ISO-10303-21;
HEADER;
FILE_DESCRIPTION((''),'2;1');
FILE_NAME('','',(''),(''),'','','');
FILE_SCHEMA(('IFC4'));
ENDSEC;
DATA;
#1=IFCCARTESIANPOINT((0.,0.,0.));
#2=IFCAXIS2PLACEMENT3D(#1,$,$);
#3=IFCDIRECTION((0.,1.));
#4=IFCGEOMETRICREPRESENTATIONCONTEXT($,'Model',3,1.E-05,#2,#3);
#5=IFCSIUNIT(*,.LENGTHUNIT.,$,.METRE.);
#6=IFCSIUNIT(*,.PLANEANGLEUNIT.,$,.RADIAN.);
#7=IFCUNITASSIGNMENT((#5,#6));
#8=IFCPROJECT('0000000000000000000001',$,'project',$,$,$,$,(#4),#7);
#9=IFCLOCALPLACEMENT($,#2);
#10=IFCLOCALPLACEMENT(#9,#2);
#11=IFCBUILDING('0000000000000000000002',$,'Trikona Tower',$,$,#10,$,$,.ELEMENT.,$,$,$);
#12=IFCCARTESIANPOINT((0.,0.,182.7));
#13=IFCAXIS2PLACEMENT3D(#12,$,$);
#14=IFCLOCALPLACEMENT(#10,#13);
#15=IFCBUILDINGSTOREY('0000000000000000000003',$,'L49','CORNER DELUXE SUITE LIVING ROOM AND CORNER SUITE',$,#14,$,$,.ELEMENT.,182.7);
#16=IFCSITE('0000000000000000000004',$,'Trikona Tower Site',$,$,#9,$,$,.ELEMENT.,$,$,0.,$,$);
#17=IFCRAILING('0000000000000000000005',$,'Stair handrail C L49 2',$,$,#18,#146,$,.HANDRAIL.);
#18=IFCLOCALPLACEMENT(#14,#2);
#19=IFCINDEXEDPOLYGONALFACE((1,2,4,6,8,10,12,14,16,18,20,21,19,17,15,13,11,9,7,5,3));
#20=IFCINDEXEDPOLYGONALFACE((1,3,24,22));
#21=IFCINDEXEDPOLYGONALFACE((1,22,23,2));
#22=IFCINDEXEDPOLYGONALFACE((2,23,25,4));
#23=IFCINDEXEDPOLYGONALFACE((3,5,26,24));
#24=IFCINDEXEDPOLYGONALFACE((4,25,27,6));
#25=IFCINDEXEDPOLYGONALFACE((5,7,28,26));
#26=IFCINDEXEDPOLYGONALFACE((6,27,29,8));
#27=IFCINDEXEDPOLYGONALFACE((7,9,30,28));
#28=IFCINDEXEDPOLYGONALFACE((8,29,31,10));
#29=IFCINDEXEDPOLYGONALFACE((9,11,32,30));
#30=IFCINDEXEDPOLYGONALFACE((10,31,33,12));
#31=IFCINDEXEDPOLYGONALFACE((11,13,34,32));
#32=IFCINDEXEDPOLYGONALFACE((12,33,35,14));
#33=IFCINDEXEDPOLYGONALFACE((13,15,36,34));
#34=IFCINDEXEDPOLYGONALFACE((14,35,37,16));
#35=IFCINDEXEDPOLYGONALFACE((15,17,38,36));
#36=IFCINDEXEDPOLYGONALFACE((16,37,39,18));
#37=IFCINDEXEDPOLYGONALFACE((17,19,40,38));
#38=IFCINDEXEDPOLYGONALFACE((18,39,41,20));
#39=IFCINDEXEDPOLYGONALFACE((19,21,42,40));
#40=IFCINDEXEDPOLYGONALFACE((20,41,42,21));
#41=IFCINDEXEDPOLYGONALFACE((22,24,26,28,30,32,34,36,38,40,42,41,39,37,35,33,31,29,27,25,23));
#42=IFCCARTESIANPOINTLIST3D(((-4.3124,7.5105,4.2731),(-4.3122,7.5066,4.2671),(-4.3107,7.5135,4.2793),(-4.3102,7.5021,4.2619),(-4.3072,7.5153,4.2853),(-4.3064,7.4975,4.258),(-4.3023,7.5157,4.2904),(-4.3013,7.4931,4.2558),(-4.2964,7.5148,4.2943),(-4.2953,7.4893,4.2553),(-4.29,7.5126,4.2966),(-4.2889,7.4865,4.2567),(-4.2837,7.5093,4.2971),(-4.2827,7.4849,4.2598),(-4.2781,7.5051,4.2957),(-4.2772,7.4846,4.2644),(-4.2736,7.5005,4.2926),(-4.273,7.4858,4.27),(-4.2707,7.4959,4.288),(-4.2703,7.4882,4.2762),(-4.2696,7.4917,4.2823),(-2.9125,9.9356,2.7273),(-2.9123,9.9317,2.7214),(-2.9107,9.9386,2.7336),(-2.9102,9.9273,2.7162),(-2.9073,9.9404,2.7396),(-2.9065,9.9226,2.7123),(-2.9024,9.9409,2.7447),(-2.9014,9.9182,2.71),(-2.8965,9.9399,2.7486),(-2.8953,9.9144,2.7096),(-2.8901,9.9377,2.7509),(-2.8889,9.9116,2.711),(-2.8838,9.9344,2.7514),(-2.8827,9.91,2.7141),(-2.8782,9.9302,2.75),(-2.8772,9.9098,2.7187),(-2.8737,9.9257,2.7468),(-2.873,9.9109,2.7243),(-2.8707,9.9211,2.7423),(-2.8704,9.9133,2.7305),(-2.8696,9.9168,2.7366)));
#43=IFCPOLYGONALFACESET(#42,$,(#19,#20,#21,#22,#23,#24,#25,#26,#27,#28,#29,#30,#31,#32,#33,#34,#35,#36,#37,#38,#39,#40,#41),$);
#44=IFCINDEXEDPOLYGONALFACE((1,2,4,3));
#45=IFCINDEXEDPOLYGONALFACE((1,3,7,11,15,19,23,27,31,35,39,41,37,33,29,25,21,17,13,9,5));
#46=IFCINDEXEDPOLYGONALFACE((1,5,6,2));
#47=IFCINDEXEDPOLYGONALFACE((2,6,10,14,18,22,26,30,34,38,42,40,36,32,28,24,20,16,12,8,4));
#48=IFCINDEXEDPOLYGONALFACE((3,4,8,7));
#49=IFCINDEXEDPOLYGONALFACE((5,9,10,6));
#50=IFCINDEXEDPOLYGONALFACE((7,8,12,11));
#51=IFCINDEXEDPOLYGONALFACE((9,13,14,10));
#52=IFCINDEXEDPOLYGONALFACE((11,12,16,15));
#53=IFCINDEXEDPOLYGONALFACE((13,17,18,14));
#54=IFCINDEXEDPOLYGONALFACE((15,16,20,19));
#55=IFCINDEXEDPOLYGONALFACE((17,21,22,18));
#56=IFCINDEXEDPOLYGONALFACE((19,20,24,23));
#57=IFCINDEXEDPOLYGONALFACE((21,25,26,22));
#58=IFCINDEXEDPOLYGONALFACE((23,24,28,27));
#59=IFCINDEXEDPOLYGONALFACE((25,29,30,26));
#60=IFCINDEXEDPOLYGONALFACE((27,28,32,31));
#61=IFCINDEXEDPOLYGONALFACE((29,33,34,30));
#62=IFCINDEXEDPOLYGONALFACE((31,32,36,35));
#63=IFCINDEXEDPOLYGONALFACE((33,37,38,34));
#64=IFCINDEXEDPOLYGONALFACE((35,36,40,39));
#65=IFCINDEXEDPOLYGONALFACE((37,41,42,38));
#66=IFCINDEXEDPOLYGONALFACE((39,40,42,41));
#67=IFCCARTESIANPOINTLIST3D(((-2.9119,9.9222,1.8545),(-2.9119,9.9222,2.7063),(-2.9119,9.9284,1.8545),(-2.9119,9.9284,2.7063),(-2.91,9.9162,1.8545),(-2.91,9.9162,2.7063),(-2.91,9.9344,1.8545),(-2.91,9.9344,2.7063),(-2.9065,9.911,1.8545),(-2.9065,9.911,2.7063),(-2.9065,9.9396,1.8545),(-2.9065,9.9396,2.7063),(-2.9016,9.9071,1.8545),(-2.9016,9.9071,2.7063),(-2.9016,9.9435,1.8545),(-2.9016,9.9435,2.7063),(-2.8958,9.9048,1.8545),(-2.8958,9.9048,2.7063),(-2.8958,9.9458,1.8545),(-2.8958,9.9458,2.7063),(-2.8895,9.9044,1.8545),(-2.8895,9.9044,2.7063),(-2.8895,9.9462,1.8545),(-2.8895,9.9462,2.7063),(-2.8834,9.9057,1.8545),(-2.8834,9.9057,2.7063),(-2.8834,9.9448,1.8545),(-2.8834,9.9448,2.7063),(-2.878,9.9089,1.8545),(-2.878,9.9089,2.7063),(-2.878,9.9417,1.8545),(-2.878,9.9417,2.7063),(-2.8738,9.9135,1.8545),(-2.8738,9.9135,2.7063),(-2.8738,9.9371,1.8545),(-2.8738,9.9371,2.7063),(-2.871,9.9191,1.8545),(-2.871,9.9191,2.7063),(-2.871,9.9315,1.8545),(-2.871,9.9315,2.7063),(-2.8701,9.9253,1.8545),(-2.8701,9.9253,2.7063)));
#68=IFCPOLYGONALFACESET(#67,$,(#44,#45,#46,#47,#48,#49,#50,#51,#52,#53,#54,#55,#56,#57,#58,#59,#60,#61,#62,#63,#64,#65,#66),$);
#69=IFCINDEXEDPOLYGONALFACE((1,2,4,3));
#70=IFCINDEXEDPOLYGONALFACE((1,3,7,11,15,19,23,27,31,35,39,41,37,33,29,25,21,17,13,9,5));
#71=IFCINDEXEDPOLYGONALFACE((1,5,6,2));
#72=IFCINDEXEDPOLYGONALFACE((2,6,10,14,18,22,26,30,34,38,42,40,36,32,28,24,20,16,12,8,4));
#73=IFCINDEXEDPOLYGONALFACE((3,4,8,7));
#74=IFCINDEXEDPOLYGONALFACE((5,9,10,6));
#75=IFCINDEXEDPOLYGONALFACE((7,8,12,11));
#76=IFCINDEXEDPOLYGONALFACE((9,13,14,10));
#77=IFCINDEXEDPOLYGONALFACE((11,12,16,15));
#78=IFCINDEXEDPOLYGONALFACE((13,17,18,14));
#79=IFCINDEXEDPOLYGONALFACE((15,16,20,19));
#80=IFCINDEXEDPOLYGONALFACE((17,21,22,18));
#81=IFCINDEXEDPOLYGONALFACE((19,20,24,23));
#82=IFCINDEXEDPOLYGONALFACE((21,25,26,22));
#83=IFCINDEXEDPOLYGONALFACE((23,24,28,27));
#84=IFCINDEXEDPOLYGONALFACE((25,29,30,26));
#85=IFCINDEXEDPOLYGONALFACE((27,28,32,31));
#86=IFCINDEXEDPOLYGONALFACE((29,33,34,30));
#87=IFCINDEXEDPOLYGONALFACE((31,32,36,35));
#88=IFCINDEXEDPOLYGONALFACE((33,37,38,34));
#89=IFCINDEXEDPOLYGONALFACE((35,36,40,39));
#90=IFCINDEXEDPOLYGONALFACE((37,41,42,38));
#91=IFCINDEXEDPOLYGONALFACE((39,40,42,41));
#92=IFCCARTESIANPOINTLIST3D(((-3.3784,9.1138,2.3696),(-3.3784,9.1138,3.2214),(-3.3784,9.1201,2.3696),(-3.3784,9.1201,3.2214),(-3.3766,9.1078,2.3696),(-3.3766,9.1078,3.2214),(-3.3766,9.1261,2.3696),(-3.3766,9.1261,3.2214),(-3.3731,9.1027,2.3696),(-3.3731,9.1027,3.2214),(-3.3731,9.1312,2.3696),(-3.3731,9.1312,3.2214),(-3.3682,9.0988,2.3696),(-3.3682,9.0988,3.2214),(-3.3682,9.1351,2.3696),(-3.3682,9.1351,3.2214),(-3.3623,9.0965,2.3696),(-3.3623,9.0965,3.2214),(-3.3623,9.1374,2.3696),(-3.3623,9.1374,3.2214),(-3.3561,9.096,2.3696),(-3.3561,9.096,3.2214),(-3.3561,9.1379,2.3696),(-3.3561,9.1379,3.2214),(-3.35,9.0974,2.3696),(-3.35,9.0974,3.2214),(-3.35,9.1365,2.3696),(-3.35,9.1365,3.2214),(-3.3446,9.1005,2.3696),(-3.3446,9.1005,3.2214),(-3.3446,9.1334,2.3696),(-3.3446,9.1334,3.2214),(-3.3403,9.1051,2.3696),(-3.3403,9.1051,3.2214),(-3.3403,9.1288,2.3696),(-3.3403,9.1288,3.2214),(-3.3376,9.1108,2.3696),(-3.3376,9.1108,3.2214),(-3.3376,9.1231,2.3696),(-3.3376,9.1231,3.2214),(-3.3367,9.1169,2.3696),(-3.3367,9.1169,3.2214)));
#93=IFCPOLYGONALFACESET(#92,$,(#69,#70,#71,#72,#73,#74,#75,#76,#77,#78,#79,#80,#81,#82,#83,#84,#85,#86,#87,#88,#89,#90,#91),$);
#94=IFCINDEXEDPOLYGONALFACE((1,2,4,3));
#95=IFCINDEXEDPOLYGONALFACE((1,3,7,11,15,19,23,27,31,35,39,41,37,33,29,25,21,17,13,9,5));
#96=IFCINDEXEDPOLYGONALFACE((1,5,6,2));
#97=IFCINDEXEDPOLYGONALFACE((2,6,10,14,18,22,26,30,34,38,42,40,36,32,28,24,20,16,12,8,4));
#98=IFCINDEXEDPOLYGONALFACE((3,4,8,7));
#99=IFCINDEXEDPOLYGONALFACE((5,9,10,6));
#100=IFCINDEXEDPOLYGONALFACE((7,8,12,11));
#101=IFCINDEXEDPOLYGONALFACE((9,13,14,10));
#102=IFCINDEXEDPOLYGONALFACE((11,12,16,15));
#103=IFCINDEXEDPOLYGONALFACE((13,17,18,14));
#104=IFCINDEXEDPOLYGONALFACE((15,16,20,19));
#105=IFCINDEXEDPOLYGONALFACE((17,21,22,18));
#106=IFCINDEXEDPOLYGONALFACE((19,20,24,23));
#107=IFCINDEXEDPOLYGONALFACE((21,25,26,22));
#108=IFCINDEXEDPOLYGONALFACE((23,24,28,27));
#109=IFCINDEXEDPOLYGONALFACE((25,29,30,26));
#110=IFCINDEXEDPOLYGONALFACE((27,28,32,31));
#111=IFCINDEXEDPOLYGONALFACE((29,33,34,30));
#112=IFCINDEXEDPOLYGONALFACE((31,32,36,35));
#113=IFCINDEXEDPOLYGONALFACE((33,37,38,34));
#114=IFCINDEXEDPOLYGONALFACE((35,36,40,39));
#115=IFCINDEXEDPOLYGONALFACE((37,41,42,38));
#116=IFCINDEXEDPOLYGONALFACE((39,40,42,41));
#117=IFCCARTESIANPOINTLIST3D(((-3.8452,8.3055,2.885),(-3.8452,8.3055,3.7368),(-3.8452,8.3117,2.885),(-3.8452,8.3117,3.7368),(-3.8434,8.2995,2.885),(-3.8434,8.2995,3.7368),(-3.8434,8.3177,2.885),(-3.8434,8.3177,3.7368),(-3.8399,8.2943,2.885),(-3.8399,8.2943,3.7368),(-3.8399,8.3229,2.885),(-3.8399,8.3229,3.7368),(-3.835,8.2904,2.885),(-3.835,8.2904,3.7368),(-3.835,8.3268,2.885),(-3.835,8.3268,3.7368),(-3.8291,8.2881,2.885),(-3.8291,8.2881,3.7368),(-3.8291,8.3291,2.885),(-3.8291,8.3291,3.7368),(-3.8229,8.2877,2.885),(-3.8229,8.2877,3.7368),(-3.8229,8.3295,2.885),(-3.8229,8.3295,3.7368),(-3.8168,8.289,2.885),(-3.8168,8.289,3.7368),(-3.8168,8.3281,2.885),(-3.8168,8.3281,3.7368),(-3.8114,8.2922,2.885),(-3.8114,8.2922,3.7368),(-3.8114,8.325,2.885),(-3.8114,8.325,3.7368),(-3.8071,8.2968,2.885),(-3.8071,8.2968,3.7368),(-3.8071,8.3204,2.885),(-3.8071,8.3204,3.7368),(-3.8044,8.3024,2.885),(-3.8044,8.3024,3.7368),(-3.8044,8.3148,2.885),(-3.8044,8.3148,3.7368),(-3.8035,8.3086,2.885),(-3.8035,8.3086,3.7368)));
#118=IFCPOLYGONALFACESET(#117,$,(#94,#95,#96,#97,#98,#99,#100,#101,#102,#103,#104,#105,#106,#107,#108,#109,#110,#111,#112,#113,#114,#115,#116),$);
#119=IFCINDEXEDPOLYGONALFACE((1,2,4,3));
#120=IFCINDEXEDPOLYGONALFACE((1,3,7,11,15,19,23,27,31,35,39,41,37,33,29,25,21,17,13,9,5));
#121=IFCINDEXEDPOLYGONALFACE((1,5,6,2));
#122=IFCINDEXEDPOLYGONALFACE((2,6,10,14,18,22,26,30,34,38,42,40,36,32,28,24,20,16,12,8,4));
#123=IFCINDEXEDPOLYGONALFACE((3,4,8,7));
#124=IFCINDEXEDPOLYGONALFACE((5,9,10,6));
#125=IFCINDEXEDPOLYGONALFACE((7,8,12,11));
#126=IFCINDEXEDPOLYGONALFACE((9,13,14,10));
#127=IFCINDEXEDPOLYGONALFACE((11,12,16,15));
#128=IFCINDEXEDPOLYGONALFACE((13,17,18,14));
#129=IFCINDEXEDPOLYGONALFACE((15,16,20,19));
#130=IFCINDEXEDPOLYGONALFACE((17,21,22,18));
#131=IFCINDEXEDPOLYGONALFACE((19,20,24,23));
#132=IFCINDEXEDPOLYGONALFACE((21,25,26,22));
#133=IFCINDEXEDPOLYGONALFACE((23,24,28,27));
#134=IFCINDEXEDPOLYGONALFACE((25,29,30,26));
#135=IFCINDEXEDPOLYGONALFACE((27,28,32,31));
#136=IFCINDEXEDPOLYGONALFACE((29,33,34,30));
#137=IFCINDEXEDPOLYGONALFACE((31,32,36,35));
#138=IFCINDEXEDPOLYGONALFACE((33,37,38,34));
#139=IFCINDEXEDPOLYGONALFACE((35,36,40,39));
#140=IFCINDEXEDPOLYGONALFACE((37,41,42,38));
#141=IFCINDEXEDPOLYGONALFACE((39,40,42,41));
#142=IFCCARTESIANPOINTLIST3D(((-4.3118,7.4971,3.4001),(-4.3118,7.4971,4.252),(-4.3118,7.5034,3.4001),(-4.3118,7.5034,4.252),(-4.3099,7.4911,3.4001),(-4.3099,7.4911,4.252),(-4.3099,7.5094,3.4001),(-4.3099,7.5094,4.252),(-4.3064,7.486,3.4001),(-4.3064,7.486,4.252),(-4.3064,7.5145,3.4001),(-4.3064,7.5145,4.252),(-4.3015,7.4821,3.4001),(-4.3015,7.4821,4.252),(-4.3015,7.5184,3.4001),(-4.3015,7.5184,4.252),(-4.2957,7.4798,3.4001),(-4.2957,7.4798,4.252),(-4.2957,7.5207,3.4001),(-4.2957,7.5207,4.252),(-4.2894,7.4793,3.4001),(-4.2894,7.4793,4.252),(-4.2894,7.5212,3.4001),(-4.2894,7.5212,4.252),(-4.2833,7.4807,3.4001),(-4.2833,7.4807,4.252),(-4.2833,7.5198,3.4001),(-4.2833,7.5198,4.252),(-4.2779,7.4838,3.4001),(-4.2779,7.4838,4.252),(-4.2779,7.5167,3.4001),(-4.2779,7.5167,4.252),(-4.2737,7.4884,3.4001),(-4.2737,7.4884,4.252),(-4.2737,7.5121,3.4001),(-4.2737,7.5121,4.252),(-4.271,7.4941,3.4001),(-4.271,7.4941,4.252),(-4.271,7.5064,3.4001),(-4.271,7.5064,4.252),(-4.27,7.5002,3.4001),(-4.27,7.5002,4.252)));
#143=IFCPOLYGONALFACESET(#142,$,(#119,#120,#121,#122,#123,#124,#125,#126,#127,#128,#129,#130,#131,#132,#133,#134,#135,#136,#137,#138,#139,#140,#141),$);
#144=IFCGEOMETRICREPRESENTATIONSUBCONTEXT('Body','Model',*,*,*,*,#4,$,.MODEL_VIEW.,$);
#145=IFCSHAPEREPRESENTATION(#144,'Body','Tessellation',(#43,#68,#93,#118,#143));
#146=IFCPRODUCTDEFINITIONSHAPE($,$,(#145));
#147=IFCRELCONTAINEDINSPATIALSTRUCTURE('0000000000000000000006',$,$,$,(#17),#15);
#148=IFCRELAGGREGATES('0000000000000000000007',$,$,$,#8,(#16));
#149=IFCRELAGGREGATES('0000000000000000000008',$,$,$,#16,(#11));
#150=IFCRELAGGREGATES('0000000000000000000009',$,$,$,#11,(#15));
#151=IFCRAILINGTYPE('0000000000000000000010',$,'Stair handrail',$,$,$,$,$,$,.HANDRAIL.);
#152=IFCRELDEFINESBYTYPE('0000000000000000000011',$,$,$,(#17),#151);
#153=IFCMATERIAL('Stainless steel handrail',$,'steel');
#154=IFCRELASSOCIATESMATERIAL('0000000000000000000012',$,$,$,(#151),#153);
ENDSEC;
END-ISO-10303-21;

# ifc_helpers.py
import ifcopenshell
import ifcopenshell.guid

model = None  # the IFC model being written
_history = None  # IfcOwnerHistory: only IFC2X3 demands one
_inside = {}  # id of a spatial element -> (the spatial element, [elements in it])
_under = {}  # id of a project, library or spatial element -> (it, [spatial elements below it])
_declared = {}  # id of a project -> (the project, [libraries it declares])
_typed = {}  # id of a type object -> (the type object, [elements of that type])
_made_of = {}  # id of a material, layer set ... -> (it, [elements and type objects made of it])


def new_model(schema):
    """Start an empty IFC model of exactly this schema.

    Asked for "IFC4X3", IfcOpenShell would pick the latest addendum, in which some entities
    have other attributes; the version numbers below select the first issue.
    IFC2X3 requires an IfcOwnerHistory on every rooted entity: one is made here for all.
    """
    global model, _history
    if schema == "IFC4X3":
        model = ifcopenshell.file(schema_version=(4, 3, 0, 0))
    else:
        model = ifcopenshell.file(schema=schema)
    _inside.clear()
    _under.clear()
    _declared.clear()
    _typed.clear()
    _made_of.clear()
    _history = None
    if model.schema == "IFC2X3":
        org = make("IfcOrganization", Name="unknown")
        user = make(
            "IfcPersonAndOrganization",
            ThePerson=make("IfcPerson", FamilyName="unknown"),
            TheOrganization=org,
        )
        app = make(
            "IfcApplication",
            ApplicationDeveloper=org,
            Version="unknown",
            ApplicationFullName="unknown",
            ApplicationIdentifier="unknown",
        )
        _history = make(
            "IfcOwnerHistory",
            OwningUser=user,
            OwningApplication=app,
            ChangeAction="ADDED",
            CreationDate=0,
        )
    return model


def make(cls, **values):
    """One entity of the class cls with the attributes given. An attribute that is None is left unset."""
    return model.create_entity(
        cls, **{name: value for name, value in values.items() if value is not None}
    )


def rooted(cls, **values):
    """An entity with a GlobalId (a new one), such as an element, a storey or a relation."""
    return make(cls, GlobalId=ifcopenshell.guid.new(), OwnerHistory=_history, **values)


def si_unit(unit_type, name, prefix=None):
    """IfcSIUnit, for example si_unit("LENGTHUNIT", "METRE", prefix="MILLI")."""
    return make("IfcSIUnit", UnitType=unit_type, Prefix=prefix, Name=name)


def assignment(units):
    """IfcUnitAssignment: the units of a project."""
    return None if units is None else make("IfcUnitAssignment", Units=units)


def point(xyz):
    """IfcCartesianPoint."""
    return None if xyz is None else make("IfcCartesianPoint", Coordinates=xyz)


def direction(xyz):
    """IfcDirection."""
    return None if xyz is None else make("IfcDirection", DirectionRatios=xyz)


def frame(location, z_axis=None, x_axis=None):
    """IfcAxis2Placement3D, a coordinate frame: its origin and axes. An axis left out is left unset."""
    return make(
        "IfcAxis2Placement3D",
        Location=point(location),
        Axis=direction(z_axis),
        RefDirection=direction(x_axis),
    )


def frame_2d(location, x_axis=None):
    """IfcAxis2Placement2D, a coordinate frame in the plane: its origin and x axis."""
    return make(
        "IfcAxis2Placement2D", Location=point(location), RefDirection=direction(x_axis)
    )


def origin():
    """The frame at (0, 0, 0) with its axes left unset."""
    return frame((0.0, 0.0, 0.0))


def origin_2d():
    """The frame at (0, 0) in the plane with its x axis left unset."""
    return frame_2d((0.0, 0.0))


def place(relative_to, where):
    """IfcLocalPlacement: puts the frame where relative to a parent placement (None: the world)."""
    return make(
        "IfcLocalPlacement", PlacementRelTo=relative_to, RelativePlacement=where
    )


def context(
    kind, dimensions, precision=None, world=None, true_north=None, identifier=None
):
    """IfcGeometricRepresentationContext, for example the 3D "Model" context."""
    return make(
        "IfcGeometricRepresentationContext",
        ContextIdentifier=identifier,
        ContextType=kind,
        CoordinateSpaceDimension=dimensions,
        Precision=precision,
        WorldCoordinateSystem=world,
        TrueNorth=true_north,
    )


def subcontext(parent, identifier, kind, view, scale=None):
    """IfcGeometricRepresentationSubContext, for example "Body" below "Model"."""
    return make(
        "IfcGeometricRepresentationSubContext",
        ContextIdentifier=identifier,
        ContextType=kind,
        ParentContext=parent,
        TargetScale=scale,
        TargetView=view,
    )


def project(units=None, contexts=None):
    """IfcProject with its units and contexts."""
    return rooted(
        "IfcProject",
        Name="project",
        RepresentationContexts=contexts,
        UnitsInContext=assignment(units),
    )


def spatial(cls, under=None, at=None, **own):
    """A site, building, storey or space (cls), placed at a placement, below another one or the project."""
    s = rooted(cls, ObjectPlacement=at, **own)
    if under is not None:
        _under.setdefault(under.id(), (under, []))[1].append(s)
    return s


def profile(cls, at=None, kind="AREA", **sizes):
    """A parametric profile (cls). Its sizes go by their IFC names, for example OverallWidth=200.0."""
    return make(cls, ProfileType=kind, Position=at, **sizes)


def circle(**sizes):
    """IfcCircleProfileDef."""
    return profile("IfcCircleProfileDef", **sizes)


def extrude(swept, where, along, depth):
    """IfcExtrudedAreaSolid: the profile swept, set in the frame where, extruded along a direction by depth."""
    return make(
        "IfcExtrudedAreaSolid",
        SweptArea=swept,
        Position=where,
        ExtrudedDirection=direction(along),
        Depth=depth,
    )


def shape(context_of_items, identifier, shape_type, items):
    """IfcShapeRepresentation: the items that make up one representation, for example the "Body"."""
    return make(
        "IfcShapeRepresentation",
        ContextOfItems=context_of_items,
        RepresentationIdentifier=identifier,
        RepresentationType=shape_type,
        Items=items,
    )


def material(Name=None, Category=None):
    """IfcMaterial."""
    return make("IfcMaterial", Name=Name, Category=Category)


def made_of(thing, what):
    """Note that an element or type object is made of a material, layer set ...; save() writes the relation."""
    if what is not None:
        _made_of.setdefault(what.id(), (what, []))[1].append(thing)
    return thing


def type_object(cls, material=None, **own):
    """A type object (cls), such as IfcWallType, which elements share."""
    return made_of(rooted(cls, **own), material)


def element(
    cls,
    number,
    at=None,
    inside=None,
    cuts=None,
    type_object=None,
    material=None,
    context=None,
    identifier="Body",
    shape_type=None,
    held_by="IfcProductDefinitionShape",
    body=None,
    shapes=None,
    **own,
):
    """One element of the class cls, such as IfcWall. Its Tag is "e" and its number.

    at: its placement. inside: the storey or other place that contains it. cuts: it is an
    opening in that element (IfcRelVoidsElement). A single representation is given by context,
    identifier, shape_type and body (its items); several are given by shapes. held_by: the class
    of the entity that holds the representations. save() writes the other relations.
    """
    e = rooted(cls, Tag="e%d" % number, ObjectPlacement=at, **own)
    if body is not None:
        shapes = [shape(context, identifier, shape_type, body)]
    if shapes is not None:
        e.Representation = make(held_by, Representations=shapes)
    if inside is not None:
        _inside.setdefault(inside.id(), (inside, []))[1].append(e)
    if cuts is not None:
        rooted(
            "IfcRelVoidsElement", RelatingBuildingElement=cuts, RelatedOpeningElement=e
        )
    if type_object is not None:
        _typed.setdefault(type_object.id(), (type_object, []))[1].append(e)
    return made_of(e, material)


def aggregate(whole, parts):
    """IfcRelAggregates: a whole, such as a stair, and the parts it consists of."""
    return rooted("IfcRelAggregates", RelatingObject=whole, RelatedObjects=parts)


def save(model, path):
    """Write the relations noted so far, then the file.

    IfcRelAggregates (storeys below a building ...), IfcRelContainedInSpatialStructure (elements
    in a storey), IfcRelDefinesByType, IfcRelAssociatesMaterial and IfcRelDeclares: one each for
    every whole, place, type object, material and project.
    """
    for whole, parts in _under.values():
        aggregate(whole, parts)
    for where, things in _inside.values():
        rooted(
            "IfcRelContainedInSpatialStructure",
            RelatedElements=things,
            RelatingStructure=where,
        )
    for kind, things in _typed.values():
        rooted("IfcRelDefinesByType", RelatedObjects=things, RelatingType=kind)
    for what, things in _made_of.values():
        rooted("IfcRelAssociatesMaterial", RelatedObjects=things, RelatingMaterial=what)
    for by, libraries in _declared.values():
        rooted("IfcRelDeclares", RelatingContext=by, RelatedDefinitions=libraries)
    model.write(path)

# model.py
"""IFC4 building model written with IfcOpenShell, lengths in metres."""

from ifc_helpers import new_model, si_unit, direction, frame, origin, origin_2d, place, context, subcontext, project, spatial, circle, extrude, material, type_object, element, save


model = new_model("IFC4")

# Units and contexts
model_context = context("Model", 3, precision=1e-05, world=origin(), true_north=direction((0.0, 1.0)))
body_context = subcontext(model_context, "Body", "Model", "MODEL_VIEW")
ifc_project = project(units=[si_unit("LENGTHUNIT", "METRE"), si_unit("PLANEANGLEUNIT", "RADIAN")], contexts=[model_context])

# Site, building, storey
site_placement = place(None, origin())
site = spatial("IfcSite", under=ifc_project, at=site_placement, Name="Trikona Tower Site", CompositionType="ELEMENT", RefElevation=0.0)
building_placement = place(site_placement, origin())
building = spatial("IfcBuilding", under=site, at=building_placement, Name="Trikona Tower", CompositionType="ELEMENT")
storey_placement = place(building_placement, frame((0.0, 0.0, 182.7)))
storey = spatial("IfcBuildingStorey", under=building, at=storey_placement, Name="L49", Description="CORNER DELUXE SUITE LIVING ROOM AND CORNER SUITE", CompositionType="ELEMENT", Elevation=182.7)

# Railing
ifc_material_1 = material(Name="Stainless steel handrail", Category="steel")
railing_type = type_object("IfcRailingType", Name="Stair handrail", PredefinedType="HANDRAIL", material=ifc_material_1)
railing_1_placement = place(storey_placement, frame((-2.8911, 9.9253, 1.8545)))
element("IfcRailing", 1, at=railing_1_placement, inside=storey, type_object=railing_type, Name="Stair handrail C L49 2", PredefinedType="HANDRAIL", context=body_context, shape_type="SweptSolid", body=[
    extrude(circle(Radius=0.0239, at=origin_2d()), frame((0.0, 0.0, 0.876), z_axis=(-0.437691, -0.758212, 0.483262), x_axis=(0.866056, -0.499946, 0.0)), (0.0, 0.0, 1.0), 3.1985),
    extrude(circle(Radius=0.021, at=origin_2d()), origin(), (0.0, 0.0, 1.0), 0.8518),
    extrude(circle(Radius=0.021, at=origin_2d()), frame((-0.4666, -0.8083, 0.5151)), (0.0, 0.0, 1.0), 0.8518),
    extrude(circle(Radius=0.021, at=origin_2d()), frame((-0.9333, -1.6167, 1.0305)), (0.0, 0.0, 1.0), 0.8518),
    extrude(circle(Radius=0.021, at=origin_2d()), frame((-1.3999, -2.425, 1.5457)), (0.0, 0.0, 1.0), 0.8518),
])

save(model, "model.ifc")
